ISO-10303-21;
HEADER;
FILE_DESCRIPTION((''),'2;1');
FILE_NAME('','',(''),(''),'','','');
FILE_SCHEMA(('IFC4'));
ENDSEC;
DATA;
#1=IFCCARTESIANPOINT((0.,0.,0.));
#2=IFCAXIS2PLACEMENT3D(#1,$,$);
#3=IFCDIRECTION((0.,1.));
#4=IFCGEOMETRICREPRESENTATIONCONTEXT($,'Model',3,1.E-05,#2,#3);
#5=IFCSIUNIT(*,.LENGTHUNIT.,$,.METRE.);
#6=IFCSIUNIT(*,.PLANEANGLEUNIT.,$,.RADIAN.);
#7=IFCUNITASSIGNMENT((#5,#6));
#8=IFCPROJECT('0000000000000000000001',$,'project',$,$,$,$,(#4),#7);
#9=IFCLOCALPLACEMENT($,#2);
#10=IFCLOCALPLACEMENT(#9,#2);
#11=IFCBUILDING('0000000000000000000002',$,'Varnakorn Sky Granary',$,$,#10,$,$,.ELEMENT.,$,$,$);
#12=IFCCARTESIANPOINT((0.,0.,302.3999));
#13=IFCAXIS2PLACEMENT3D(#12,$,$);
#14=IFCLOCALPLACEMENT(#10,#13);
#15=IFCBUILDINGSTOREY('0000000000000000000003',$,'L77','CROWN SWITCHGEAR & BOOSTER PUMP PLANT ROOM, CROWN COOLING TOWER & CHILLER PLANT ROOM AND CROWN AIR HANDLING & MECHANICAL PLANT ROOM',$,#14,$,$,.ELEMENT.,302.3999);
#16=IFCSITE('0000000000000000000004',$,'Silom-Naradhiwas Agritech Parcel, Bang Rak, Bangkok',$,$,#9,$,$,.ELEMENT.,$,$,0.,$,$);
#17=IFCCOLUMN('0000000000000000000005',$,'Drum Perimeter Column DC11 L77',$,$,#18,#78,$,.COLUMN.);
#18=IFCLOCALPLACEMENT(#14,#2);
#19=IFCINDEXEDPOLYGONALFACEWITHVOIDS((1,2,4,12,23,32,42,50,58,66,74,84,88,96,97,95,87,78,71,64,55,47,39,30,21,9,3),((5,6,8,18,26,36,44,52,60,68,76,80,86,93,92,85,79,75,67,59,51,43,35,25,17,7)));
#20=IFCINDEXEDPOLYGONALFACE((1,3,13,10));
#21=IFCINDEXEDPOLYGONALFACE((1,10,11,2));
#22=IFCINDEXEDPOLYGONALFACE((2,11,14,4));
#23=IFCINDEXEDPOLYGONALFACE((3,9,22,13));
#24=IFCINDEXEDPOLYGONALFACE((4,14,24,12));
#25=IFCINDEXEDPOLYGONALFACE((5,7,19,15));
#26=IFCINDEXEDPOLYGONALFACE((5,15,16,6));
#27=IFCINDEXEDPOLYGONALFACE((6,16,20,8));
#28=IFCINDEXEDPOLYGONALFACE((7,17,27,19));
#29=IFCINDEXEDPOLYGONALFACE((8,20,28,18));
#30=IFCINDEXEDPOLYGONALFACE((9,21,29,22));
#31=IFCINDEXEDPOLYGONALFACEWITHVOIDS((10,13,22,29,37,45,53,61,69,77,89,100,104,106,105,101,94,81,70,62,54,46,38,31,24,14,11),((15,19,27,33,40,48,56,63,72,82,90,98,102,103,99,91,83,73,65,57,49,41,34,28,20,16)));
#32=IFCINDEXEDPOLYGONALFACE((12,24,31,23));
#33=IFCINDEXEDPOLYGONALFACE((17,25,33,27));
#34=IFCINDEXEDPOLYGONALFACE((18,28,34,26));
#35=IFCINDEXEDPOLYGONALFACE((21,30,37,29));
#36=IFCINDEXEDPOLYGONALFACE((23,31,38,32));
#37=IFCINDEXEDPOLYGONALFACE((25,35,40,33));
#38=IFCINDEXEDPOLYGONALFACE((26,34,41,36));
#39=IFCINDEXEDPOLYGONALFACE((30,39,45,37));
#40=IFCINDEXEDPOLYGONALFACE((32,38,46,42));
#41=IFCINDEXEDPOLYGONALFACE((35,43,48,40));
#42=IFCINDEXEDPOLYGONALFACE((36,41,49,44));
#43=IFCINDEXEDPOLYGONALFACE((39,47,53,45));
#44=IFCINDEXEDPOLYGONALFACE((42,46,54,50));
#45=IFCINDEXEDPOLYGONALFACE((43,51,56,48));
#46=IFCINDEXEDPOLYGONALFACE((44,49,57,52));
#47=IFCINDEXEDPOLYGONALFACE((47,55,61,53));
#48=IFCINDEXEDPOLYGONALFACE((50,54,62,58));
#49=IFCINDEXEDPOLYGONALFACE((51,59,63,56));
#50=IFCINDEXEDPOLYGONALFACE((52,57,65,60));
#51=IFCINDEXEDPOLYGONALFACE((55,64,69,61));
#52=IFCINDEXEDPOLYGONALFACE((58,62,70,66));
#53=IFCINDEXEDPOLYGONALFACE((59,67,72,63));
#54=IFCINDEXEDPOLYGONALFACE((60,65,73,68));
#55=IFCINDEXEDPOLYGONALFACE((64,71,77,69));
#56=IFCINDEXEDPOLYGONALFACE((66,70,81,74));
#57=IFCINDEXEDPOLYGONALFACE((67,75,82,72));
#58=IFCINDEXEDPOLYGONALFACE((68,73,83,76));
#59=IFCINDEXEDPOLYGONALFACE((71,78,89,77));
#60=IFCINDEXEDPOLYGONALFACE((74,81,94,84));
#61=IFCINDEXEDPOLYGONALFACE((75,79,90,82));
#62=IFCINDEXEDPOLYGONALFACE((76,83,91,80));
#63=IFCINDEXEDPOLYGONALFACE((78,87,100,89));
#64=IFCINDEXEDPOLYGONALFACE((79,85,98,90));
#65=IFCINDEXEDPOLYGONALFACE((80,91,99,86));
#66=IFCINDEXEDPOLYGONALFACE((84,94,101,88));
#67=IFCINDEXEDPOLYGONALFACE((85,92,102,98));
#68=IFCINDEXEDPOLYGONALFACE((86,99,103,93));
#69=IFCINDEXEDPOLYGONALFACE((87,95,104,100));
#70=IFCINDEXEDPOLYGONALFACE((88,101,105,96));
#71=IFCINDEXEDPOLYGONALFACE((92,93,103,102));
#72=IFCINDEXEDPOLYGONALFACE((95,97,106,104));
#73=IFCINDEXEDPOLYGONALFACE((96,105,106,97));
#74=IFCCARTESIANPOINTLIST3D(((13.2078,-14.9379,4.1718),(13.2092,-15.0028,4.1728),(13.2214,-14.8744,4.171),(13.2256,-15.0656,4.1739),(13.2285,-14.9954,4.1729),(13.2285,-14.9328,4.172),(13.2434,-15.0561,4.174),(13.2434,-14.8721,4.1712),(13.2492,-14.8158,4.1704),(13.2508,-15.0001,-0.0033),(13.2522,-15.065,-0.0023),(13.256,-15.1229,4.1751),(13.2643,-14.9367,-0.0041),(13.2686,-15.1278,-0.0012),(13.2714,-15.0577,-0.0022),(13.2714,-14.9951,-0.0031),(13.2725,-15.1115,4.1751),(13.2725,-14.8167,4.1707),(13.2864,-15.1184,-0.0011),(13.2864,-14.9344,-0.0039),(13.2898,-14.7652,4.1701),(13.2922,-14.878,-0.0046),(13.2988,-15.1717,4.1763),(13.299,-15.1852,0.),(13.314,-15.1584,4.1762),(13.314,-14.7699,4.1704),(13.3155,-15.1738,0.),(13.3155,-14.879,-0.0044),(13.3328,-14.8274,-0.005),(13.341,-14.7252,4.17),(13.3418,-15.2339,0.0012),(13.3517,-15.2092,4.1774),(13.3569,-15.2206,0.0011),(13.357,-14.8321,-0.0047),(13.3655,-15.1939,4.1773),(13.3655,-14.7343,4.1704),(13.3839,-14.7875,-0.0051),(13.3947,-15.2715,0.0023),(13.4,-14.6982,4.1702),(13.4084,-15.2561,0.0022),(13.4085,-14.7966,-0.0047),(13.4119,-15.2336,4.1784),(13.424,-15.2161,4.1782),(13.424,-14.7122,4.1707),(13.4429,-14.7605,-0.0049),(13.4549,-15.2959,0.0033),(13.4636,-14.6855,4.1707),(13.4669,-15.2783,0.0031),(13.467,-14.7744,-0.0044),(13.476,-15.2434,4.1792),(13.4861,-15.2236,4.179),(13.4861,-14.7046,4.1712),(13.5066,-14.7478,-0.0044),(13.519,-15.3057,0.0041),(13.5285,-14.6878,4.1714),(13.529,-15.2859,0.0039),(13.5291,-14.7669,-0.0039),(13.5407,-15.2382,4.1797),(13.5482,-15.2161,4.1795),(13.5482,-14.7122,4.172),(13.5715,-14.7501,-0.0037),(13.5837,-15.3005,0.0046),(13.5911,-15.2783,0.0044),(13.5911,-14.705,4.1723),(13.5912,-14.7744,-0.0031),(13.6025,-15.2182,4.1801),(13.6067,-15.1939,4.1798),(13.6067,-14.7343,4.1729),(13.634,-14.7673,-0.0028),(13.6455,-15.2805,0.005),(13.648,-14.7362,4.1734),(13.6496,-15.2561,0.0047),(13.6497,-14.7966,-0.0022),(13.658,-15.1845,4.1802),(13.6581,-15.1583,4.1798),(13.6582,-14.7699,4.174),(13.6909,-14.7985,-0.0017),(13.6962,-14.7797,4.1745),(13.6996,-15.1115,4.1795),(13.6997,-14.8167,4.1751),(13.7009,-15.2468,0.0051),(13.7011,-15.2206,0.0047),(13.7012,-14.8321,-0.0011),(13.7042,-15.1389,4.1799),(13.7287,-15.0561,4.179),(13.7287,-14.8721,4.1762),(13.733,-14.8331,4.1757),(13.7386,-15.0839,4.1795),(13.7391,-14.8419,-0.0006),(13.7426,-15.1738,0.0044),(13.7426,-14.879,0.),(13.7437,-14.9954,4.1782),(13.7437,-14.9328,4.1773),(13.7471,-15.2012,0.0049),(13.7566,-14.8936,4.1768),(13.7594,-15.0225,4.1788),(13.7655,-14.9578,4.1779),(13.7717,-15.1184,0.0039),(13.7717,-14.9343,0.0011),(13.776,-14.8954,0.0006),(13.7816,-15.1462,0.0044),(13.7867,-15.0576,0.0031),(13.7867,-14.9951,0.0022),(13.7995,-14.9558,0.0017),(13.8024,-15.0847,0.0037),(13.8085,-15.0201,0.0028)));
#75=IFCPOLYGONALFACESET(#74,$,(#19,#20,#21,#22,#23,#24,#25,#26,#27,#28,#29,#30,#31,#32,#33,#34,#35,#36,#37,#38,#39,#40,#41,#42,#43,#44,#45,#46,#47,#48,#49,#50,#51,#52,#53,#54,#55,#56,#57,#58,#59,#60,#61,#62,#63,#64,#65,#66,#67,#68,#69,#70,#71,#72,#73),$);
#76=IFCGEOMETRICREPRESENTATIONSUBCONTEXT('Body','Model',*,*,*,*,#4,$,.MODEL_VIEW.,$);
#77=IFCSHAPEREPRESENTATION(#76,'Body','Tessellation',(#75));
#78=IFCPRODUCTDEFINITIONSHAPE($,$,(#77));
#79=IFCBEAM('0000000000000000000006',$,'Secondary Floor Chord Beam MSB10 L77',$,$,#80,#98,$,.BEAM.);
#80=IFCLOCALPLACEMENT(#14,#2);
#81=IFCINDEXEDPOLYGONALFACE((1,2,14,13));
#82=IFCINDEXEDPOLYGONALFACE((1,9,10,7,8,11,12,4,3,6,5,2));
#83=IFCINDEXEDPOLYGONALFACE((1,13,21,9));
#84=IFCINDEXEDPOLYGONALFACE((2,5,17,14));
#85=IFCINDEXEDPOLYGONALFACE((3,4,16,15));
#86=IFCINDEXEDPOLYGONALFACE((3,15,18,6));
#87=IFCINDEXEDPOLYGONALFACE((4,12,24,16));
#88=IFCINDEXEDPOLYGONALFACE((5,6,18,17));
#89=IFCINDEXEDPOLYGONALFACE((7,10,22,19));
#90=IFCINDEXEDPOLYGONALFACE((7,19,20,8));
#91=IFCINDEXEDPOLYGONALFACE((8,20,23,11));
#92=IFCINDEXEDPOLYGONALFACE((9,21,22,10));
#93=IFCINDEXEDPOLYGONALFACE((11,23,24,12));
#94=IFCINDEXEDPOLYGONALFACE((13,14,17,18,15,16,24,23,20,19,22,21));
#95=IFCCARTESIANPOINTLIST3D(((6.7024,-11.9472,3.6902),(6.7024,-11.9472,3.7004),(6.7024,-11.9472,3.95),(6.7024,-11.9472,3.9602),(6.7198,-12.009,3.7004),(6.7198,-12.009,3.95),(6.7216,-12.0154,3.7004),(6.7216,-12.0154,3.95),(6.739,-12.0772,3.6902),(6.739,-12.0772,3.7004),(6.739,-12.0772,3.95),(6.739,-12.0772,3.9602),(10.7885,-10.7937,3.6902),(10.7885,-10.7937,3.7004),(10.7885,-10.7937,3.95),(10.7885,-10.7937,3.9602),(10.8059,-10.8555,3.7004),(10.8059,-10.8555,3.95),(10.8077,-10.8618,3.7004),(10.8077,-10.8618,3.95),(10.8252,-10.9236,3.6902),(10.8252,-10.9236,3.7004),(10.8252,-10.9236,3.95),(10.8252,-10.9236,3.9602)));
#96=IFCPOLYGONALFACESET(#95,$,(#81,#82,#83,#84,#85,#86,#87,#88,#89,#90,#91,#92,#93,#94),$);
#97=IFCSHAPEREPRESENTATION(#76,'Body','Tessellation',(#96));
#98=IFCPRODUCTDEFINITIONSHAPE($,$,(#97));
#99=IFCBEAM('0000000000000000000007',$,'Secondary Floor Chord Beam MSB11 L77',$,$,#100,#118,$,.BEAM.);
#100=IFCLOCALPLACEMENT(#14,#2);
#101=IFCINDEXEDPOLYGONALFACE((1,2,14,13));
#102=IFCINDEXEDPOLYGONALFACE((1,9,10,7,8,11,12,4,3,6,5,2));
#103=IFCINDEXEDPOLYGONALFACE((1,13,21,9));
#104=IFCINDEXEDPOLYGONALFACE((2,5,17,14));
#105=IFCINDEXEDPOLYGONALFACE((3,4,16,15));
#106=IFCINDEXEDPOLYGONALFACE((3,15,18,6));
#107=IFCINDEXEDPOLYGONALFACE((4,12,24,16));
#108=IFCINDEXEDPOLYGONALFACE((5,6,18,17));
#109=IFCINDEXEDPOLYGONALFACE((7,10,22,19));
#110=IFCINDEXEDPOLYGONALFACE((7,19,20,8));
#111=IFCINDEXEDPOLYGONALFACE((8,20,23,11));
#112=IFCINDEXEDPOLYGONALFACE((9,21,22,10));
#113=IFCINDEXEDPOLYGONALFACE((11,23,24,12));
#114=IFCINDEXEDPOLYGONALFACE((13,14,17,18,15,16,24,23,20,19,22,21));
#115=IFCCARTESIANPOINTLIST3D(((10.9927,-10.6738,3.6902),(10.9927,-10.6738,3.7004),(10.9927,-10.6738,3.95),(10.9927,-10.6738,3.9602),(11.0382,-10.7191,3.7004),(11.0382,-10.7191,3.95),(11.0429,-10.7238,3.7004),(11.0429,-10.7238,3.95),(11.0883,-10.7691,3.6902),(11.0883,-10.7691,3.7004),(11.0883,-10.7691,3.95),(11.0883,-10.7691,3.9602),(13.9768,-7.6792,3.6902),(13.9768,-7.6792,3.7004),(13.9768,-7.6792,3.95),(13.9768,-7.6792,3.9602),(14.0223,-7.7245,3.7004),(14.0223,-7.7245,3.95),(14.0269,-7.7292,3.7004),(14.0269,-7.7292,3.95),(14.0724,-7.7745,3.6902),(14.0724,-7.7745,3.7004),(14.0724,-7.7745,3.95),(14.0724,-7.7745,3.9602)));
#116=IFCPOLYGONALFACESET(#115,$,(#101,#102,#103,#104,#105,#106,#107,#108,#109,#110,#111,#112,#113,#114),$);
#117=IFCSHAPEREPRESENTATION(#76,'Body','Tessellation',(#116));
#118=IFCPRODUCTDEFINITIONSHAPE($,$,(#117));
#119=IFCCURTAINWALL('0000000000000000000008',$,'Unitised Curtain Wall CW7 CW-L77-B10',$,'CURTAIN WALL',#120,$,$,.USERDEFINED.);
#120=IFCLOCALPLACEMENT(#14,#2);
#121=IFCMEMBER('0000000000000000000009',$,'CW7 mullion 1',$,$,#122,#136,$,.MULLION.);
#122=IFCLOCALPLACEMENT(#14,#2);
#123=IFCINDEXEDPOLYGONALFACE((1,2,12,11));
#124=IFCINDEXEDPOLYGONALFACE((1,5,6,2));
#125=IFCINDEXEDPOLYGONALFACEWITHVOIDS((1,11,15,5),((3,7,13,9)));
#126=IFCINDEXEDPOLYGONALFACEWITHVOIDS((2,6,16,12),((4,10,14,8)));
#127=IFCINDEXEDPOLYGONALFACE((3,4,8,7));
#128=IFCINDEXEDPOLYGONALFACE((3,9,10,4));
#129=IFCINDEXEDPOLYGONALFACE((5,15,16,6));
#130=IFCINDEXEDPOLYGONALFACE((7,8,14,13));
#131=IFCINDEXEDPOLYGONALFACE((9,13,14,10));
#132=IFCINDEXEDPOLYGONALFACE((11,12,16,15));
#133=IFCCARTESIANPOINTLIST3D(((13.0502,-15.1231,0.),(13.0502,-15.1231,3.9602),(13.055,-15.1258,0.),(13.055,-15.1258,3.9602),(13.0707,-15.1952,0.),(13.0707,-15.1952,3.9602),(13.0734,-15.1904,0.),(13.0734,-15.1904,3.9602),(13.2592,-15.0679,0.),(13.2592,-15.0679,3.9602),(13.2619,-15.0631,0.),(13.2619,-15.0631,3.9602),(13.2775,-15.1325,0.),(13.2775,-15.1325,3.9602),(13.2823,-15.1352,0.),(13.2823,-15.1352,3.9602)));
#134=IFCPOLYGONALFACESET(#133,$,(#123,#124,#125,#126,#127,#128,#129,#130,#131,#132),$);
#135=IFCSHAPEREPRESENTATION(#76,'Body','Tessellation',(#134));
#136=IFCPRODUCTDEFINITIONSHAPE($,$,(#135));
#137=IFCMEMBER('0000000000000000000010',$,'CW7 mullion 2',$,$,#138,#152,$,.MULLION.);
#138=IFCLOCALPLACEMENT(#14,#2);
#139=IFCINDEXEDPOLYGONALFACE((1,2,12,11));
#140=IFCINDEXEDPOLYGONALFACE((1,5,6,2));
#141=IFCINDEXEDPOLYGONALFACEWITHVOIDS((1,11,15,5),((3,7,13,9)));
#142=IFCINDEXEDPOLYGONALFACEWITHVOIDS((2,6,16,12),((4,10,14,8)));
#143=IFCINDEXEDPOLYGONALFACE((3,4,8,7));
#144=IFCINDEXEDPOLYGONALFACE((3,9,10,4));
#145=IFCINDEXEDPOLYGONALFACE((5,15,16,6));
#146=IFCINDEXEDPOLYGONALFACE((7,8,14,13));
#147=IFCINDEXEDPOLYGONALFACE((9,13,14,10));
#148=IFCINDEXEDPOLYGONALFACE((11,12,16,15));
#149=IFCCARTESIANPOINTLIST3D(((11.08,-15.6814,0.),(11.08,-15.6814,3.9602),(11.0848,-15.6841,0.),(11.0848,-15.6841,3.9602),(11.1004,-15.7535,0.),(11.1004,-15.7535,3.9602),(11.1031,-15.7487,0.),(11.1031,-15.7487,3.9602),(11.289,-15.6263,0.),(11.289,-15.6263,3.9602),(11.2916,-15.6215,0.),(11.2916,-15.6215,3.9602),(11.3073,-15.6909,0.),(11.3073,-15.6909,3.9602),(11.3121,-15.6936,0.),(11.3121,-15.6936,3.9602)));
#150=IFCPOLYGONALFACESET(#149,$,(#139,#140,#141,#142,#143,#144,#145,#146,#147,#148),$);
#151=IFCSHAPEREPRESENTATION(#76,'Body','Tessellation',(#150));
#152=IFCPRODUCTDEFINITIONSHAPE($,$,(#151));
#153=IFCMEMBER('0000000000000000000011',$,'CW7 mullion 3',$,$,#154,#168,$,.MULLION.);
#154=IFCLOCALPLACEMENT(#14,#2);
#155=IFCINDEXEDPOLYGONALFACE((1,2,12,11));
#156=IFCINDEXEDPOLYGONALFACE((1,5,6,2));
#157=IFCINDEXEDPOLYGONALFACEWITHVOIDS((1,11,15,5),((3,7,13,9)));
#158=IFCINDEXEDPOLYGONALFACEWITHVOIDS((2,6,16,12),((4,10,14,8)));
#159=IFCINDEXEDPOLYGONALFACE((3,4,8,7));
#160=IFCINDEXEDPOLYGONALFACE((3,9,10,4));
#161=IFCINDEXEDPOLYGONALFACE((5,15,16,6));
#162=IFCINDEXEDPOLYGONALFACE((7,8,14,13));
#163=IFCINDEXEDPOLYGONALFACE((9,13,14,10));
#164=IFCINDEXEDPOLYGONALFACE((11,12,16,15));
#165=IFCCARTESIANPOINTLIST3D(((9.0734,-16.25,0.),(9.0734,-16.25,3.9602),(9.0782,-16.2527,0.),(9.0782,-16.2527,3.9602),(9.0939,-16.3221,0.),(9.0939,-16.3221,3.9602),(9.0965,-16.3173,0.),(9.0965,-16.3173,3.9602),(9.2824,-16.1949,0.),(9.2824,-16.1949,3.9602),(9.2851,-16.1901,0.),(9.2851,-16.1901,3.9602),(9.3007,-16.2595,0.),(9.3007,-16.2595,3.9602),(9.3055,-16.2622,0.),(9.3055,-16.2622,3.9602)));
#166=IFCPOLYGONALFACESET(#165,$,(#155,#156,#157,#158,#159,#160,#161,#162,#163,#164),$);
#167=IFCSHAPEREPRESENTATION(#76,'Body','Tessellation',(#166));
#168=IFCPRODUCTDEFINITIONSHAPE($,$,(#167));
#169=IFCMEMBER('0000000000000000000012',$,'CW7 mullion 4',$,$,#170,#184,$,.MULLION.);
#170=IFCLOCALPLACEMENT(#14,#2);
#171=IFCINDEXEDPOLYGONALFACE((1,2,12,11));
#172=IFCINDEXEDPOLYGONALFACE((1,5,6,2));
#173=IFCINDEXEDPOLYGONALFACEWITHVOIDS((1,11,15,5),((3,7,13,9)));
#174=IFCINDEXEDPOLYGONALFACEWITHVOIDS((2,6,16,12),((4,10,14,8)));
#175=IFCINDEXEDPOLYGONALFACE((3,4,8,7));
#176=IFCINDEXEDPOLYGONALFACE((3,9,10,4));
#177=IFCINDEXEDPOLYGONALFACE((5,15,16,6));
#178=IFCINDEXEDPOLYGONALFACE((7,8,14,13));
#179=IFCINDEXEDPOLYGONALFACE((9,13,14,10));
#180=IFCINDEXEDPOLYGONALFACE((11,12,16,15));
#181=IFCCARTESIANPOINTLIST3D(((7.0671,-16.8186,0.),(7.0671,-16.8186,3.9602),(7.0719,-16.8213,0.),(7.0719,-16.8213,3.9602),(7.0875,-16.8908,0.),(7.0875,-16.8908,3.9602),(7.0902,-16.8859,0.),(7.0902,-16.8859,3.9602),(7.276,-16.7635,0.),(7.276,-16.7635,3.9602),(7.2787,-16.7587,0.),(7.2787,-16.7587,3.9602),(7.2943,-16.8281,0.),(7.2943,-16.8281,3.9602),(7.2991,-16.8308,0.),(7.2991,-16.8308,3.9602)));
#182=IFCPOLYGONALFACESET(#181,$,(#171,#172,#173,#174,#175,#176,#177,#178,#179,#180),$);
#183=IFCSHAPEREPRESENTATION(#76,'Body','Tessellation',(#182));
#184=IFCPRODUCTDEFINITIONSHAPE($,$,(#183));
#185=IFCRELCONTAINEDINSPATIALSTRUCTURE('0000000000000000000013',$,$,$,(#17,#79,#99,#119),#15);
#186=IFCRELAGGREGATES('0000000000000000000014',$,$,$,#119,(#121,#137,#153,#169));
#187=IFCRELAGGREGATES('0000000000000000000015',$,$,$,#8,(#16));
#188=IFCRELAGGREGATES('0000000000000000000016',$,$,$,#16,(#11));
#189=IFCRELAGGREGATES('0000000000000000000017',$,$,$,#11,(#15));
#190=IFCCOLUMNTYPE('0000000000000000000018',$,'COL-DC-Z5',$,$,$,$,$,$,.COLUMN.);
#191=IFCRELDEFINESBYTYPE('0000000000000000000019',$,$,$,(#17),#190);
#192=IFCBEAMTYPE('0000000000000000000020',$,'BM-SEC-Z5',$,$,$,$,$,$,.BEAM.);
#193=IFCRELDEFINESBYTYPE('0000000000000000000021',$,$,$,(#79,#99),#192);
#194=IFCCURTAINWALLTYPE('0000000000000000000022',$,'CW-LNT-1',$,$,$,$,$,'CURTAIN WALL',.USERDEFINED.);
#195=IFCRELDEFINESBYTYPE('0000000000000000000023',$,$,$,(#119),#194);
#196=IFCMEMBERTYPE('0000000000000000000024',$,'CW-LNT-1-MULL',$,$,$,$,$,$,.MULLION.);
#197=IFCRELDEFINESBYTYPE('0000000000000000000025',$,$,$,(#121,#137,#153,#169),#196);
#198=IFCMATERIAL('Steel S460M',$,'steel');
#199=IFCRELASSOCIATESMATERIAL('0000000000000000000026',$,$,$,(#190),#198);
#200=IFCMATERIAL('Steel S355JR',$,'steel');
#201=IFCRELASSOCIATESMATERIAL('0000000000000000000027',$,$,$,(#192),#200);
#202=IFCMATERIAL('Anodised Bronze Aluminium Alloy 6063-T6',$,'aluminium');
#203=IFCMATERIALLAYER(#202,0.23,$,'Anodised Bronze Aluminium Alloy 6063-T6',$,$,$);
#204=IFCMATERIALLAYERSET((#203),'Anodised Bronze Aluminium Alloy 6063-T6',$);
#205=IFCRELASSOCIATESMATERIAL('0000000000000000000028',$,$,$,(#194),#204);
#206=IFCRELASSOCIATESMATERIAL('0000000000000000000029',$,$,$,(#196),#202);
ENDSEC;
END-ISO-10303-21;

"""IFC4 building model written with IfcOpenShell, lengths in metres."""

from ifc_helpers import new_model, si_unit, direction, frame, origin, origin_2d, place, context, subcontext, project, spatial, hollow_rectangle, hollow_circle, i_section, extrude, material, layer, layer_set, material_profile, profile_set, type_object, element, aggregate, save


model = new_model("IFC4")

# Units and contexts
model_context = context("Model", 3, precision=1e-05, world=origin(), true_north=direction((0.0, 1.0)))
body_context = subcontext(model_context, "Body", "Model", "MODEL_VIEW")
ifc_project = project(units=[si_unit("LENGTHUNIT", "METRE"), si_unit("PLANEANGLEUNIT", "RADIAN")], contexts=[model_context])

# Site, building, storey
site_placement = place(None, origin())
site = spatial("IfcSite", under=ifc_project, at=site_placement, Name="Silom-Naradhiwas Agritech Parcel, Bang Rak, Bangkok", CompositionType="ELEMENT", RefElevation=0.0)
building_placement = place(site_placement, origin())
building = spatial("IfcBuilding", under=site, at=building_placement, Name="Varnakorn Sky Granary", CompositionType="ELEMENT")
storey_placement = place(building_placement, frame((0.0, 0.0, 302.3999)))
storey = spatial("IfcBuildingStorey", under=building, at=storey_placement, Name="L77", Description="CROWN SWITCHGEAR & BOOSTER PUMP PLANT ROOM, CROWN COOLING TOWER & CHILLER PLANT ROOM AND CROWN AIR HANDLING & MECHANICAL PLANT ROOM", CompositionType="ELEMENT", Elevation=302.3999)

# Column
ifc_material_1 = material(Name="Steel S460M", Category="steel")
ifc_material_profile_1 = material_profile(ifc_material_1, hollow_circle(Radius=0.2795, WallThickness=0.02, at=origin_2d()), Name="CHS 559x20")
ifc_profile_set_1 = profile_set([ifc_material_profile_1], Name="Steel S460M")
column_type = type_object("IfcColumnType", Name="COL-DC-Z5", PredefinedType="COLUMN", material=ifc_profile_set_1)
column_placement = place(storey_placement, frame((13.5291, -15.0264, 0.0), z_axis=(-0.01029, 0.014909, 0.999836), x_axis=(-0.823005, -0.568035, 0.0)))
element("IfcColumn", 1, at=column_placement, inside=storey, type_object=column_type, Name="Drum Perimeter Column DC11 L77", PredefinedType="COLUMN", context=body_context, shape_type="SweptSolid", body=[
    extrude(hollow_circle(Radius=0.2795, WallThickness=0.02, at=origin_2d()), origin(), (0.0, 0.0, 1.0), 4.1758),
])

# Beams
ifc_material_2 = material(Name="Steel S355JR", Category="steel")
ifc_material_profile_2 = material_profile(ifc_material_2, i_section(OverallWidth=0.135, OverallDepth=0.27, WebThickness=0.0066, FlangeThickness=0.0103, at=origin_2d()), Name="IPE 270")
ifc_profile_set_2 = profile_set([ifc_material_profile_2], Name="Steel S355JR")
beam_type = type_object("IfcBeamType", Name="BM-SEC-Z5", PredefinedType="BEAM", material=ifc_profile_set_2)
beam_1_placement = place(storey_placement, frame((6.7207, -12.0122, 3.8252), z_axis=(0.962385, 0.27169, 0.0), x_axis=(-0.27169, 0.962385, 0.0)))
element("IfcBeam", 2, at=beam_1_placement, inside=storey, type_object=beam_type, Name="Secondary Floor Chord Beam MSB10 L77", PredefinedType="BEAM", context=body_context, shape_type="SweptSolid", body=[
    extrude(i_section(OverallWidth=0.135, OverallDepth=0.27, WebThickness=0.0066, FlangeThickness=0.0103, at=origin_2d()), origin(), (0.0, 0.0, 1.0), 4.2458),
])
beam_2_placement = place(storey_placement, frame((11.0405, -10.7214, 3.8252), z_axis=(0.705864, 0.708347, 0.0), x_axis=(-0.708347, 0.705864, 0.0)))
element("IfcBeam", 3, at=beam_2_placement, inside=storey, type_object=beam_type, Name="Secondary Floor Chord Beam MSB11 L77", PredefinedType="BEAM", context=body_context, shape_type="SweptSolid", body=[
    extrude(i_section(OverallWidth=0.135, OverallDepth=0.27, WebThickness=0.0066, FlangeThickness=0.0103, at=origin_2d()), origin(), (0.0, 0.0, 1.0), 4.2275),
])

# Curtain wall, members
ifc_material_3 = material(Name="Anodised Bronze Aluminium Alloy 6063-T6", Category="aluminium")
ifc_layer_1 = layer(ifc_material_3, 0.23, Name="Anodised Bronze Aluminium Alloy 6063-T6")
ifc_layer_set_1 = layer_set([ifc_layer_1], Name="Anodised Bronze Aluminium Alloy 6063-T6")
curtain_wall_type = type_object("IfcCurtainWallType", Name="CW-LNT-1", ElementType="CURTAIN WALL", PredefinedType="USERDEFINED", material=ifc_layer_set_1)
curtain_wall_placement = place(storey_placement, origin())
curtain_wall = element("IfcCurtainWall", 4, at=curtain_wall_placement, inside=storey, type_object=curtain_wall_type, Name="Unitised Curtain Wall CW7 CW-L77-B10", ObjectType="CURTAIN WALL", PredefinedType="USERDEFINED")
ifc_material_profile_3 = material_profile(ifc_material_3, hollow_rectangle(XDim=0.075, YDim=0.22, WallThickness=0.0039, at=origin_2d()), Name="ALU MULL 75x220")
ifc_profile_set_3 = profile_set([ifc_material_profile_3], Name="Anodised Bronze Aluminium Alloy 6063-T6")
member_type_1 = type_object("IfcMemberType", Name="CW-LNT-1-MULL", PredefinedType="MULLION", material=ifc_profile_set_3)
member_1_placement = place(storey_placement, frame((13.1663, -15.1292, 0.0), z_axis=(0.0, 0.0, 1.0), x_axis=(0.27265, -0.962113, 0.0)))
member_1 = element("IfcMember", 5, at=member_1_placement, type_object=member_type_1, Name="CW7 mullion 1", PredefinedType="MULLION", context=body_context, shape_type="SweptSolid", body=[
    extrude(hollow_rectangle(XDim=0.075, YDim=0.22, WallThickness=0.0039, at=origin_2d()), origin(), (0.0, 0.0, 1.0), 3.9602),
])
member_2_placement = place(storey_placement, frame((11.196, -15.6875, 0.0), z_axis=(0.0, 0.0, 1.0), x_axis=(0.27265, -0.962113, 0.0)))
member_2 = element("IfcMember", 6, at=member_2_placement, type_object=member_type_1, Name="CW7 mullion 2", PredefinedType="MULLION", context=body_context, shape_type="SweptSolid", body=[
    extrude(hollow_rectangle(XDim=0.075, YDim=0.22, WallThickness=0.0039, at=origin_2d()), origin(), (0.0, 0.0, 1.0), 3.9602),
])
member_3_placement = place(storey_placement, frame((9.1895, -16.2561, 0.0), z_axis=(0.0, 0.0, 1.0), x_axis=(0.27265, -0.962113, 0.0)))
member_3 = element("IfcMember", 7, at=member_3_placement, type_object=member_type_1, Name="CW7 mullion 3", PredefinedType="MULLION", context=body_context, shape_type="SweptSolid", body=[
    extrude(hollow_rectangle(XDim=0.075, YDim=0.22, WallThickness=0.0039, at=origin_2d()), origin(), (0.0, 0.0, 1.0), 3.9602),
])
member_4_placement = place(storey_placement, frame((7.1831, -16.8247, 0.0), z_axis=(0.0, 0.0, 1.0), x_axis=(0.27265, -0.962113, 0.0)))
member_4 = element("IfcMember", 8, at=member_4_placement, type_object=member_type_1, Name="CW7 mullion 4", PredefinedType="MULLION", context=body_context, shape_type="SweptSolid", body=[
    extrude(hollow_rectangle(XDim=0.075, YDim=0.22, WallThickness=0.0039, at=origin_2d()), origin(), (0.0, 0.0, 1.0), 3.9602),
])

aggregate(curtain_wall, [member_1, member_2, member_3, member_4])

save(model, "model.ifc")
